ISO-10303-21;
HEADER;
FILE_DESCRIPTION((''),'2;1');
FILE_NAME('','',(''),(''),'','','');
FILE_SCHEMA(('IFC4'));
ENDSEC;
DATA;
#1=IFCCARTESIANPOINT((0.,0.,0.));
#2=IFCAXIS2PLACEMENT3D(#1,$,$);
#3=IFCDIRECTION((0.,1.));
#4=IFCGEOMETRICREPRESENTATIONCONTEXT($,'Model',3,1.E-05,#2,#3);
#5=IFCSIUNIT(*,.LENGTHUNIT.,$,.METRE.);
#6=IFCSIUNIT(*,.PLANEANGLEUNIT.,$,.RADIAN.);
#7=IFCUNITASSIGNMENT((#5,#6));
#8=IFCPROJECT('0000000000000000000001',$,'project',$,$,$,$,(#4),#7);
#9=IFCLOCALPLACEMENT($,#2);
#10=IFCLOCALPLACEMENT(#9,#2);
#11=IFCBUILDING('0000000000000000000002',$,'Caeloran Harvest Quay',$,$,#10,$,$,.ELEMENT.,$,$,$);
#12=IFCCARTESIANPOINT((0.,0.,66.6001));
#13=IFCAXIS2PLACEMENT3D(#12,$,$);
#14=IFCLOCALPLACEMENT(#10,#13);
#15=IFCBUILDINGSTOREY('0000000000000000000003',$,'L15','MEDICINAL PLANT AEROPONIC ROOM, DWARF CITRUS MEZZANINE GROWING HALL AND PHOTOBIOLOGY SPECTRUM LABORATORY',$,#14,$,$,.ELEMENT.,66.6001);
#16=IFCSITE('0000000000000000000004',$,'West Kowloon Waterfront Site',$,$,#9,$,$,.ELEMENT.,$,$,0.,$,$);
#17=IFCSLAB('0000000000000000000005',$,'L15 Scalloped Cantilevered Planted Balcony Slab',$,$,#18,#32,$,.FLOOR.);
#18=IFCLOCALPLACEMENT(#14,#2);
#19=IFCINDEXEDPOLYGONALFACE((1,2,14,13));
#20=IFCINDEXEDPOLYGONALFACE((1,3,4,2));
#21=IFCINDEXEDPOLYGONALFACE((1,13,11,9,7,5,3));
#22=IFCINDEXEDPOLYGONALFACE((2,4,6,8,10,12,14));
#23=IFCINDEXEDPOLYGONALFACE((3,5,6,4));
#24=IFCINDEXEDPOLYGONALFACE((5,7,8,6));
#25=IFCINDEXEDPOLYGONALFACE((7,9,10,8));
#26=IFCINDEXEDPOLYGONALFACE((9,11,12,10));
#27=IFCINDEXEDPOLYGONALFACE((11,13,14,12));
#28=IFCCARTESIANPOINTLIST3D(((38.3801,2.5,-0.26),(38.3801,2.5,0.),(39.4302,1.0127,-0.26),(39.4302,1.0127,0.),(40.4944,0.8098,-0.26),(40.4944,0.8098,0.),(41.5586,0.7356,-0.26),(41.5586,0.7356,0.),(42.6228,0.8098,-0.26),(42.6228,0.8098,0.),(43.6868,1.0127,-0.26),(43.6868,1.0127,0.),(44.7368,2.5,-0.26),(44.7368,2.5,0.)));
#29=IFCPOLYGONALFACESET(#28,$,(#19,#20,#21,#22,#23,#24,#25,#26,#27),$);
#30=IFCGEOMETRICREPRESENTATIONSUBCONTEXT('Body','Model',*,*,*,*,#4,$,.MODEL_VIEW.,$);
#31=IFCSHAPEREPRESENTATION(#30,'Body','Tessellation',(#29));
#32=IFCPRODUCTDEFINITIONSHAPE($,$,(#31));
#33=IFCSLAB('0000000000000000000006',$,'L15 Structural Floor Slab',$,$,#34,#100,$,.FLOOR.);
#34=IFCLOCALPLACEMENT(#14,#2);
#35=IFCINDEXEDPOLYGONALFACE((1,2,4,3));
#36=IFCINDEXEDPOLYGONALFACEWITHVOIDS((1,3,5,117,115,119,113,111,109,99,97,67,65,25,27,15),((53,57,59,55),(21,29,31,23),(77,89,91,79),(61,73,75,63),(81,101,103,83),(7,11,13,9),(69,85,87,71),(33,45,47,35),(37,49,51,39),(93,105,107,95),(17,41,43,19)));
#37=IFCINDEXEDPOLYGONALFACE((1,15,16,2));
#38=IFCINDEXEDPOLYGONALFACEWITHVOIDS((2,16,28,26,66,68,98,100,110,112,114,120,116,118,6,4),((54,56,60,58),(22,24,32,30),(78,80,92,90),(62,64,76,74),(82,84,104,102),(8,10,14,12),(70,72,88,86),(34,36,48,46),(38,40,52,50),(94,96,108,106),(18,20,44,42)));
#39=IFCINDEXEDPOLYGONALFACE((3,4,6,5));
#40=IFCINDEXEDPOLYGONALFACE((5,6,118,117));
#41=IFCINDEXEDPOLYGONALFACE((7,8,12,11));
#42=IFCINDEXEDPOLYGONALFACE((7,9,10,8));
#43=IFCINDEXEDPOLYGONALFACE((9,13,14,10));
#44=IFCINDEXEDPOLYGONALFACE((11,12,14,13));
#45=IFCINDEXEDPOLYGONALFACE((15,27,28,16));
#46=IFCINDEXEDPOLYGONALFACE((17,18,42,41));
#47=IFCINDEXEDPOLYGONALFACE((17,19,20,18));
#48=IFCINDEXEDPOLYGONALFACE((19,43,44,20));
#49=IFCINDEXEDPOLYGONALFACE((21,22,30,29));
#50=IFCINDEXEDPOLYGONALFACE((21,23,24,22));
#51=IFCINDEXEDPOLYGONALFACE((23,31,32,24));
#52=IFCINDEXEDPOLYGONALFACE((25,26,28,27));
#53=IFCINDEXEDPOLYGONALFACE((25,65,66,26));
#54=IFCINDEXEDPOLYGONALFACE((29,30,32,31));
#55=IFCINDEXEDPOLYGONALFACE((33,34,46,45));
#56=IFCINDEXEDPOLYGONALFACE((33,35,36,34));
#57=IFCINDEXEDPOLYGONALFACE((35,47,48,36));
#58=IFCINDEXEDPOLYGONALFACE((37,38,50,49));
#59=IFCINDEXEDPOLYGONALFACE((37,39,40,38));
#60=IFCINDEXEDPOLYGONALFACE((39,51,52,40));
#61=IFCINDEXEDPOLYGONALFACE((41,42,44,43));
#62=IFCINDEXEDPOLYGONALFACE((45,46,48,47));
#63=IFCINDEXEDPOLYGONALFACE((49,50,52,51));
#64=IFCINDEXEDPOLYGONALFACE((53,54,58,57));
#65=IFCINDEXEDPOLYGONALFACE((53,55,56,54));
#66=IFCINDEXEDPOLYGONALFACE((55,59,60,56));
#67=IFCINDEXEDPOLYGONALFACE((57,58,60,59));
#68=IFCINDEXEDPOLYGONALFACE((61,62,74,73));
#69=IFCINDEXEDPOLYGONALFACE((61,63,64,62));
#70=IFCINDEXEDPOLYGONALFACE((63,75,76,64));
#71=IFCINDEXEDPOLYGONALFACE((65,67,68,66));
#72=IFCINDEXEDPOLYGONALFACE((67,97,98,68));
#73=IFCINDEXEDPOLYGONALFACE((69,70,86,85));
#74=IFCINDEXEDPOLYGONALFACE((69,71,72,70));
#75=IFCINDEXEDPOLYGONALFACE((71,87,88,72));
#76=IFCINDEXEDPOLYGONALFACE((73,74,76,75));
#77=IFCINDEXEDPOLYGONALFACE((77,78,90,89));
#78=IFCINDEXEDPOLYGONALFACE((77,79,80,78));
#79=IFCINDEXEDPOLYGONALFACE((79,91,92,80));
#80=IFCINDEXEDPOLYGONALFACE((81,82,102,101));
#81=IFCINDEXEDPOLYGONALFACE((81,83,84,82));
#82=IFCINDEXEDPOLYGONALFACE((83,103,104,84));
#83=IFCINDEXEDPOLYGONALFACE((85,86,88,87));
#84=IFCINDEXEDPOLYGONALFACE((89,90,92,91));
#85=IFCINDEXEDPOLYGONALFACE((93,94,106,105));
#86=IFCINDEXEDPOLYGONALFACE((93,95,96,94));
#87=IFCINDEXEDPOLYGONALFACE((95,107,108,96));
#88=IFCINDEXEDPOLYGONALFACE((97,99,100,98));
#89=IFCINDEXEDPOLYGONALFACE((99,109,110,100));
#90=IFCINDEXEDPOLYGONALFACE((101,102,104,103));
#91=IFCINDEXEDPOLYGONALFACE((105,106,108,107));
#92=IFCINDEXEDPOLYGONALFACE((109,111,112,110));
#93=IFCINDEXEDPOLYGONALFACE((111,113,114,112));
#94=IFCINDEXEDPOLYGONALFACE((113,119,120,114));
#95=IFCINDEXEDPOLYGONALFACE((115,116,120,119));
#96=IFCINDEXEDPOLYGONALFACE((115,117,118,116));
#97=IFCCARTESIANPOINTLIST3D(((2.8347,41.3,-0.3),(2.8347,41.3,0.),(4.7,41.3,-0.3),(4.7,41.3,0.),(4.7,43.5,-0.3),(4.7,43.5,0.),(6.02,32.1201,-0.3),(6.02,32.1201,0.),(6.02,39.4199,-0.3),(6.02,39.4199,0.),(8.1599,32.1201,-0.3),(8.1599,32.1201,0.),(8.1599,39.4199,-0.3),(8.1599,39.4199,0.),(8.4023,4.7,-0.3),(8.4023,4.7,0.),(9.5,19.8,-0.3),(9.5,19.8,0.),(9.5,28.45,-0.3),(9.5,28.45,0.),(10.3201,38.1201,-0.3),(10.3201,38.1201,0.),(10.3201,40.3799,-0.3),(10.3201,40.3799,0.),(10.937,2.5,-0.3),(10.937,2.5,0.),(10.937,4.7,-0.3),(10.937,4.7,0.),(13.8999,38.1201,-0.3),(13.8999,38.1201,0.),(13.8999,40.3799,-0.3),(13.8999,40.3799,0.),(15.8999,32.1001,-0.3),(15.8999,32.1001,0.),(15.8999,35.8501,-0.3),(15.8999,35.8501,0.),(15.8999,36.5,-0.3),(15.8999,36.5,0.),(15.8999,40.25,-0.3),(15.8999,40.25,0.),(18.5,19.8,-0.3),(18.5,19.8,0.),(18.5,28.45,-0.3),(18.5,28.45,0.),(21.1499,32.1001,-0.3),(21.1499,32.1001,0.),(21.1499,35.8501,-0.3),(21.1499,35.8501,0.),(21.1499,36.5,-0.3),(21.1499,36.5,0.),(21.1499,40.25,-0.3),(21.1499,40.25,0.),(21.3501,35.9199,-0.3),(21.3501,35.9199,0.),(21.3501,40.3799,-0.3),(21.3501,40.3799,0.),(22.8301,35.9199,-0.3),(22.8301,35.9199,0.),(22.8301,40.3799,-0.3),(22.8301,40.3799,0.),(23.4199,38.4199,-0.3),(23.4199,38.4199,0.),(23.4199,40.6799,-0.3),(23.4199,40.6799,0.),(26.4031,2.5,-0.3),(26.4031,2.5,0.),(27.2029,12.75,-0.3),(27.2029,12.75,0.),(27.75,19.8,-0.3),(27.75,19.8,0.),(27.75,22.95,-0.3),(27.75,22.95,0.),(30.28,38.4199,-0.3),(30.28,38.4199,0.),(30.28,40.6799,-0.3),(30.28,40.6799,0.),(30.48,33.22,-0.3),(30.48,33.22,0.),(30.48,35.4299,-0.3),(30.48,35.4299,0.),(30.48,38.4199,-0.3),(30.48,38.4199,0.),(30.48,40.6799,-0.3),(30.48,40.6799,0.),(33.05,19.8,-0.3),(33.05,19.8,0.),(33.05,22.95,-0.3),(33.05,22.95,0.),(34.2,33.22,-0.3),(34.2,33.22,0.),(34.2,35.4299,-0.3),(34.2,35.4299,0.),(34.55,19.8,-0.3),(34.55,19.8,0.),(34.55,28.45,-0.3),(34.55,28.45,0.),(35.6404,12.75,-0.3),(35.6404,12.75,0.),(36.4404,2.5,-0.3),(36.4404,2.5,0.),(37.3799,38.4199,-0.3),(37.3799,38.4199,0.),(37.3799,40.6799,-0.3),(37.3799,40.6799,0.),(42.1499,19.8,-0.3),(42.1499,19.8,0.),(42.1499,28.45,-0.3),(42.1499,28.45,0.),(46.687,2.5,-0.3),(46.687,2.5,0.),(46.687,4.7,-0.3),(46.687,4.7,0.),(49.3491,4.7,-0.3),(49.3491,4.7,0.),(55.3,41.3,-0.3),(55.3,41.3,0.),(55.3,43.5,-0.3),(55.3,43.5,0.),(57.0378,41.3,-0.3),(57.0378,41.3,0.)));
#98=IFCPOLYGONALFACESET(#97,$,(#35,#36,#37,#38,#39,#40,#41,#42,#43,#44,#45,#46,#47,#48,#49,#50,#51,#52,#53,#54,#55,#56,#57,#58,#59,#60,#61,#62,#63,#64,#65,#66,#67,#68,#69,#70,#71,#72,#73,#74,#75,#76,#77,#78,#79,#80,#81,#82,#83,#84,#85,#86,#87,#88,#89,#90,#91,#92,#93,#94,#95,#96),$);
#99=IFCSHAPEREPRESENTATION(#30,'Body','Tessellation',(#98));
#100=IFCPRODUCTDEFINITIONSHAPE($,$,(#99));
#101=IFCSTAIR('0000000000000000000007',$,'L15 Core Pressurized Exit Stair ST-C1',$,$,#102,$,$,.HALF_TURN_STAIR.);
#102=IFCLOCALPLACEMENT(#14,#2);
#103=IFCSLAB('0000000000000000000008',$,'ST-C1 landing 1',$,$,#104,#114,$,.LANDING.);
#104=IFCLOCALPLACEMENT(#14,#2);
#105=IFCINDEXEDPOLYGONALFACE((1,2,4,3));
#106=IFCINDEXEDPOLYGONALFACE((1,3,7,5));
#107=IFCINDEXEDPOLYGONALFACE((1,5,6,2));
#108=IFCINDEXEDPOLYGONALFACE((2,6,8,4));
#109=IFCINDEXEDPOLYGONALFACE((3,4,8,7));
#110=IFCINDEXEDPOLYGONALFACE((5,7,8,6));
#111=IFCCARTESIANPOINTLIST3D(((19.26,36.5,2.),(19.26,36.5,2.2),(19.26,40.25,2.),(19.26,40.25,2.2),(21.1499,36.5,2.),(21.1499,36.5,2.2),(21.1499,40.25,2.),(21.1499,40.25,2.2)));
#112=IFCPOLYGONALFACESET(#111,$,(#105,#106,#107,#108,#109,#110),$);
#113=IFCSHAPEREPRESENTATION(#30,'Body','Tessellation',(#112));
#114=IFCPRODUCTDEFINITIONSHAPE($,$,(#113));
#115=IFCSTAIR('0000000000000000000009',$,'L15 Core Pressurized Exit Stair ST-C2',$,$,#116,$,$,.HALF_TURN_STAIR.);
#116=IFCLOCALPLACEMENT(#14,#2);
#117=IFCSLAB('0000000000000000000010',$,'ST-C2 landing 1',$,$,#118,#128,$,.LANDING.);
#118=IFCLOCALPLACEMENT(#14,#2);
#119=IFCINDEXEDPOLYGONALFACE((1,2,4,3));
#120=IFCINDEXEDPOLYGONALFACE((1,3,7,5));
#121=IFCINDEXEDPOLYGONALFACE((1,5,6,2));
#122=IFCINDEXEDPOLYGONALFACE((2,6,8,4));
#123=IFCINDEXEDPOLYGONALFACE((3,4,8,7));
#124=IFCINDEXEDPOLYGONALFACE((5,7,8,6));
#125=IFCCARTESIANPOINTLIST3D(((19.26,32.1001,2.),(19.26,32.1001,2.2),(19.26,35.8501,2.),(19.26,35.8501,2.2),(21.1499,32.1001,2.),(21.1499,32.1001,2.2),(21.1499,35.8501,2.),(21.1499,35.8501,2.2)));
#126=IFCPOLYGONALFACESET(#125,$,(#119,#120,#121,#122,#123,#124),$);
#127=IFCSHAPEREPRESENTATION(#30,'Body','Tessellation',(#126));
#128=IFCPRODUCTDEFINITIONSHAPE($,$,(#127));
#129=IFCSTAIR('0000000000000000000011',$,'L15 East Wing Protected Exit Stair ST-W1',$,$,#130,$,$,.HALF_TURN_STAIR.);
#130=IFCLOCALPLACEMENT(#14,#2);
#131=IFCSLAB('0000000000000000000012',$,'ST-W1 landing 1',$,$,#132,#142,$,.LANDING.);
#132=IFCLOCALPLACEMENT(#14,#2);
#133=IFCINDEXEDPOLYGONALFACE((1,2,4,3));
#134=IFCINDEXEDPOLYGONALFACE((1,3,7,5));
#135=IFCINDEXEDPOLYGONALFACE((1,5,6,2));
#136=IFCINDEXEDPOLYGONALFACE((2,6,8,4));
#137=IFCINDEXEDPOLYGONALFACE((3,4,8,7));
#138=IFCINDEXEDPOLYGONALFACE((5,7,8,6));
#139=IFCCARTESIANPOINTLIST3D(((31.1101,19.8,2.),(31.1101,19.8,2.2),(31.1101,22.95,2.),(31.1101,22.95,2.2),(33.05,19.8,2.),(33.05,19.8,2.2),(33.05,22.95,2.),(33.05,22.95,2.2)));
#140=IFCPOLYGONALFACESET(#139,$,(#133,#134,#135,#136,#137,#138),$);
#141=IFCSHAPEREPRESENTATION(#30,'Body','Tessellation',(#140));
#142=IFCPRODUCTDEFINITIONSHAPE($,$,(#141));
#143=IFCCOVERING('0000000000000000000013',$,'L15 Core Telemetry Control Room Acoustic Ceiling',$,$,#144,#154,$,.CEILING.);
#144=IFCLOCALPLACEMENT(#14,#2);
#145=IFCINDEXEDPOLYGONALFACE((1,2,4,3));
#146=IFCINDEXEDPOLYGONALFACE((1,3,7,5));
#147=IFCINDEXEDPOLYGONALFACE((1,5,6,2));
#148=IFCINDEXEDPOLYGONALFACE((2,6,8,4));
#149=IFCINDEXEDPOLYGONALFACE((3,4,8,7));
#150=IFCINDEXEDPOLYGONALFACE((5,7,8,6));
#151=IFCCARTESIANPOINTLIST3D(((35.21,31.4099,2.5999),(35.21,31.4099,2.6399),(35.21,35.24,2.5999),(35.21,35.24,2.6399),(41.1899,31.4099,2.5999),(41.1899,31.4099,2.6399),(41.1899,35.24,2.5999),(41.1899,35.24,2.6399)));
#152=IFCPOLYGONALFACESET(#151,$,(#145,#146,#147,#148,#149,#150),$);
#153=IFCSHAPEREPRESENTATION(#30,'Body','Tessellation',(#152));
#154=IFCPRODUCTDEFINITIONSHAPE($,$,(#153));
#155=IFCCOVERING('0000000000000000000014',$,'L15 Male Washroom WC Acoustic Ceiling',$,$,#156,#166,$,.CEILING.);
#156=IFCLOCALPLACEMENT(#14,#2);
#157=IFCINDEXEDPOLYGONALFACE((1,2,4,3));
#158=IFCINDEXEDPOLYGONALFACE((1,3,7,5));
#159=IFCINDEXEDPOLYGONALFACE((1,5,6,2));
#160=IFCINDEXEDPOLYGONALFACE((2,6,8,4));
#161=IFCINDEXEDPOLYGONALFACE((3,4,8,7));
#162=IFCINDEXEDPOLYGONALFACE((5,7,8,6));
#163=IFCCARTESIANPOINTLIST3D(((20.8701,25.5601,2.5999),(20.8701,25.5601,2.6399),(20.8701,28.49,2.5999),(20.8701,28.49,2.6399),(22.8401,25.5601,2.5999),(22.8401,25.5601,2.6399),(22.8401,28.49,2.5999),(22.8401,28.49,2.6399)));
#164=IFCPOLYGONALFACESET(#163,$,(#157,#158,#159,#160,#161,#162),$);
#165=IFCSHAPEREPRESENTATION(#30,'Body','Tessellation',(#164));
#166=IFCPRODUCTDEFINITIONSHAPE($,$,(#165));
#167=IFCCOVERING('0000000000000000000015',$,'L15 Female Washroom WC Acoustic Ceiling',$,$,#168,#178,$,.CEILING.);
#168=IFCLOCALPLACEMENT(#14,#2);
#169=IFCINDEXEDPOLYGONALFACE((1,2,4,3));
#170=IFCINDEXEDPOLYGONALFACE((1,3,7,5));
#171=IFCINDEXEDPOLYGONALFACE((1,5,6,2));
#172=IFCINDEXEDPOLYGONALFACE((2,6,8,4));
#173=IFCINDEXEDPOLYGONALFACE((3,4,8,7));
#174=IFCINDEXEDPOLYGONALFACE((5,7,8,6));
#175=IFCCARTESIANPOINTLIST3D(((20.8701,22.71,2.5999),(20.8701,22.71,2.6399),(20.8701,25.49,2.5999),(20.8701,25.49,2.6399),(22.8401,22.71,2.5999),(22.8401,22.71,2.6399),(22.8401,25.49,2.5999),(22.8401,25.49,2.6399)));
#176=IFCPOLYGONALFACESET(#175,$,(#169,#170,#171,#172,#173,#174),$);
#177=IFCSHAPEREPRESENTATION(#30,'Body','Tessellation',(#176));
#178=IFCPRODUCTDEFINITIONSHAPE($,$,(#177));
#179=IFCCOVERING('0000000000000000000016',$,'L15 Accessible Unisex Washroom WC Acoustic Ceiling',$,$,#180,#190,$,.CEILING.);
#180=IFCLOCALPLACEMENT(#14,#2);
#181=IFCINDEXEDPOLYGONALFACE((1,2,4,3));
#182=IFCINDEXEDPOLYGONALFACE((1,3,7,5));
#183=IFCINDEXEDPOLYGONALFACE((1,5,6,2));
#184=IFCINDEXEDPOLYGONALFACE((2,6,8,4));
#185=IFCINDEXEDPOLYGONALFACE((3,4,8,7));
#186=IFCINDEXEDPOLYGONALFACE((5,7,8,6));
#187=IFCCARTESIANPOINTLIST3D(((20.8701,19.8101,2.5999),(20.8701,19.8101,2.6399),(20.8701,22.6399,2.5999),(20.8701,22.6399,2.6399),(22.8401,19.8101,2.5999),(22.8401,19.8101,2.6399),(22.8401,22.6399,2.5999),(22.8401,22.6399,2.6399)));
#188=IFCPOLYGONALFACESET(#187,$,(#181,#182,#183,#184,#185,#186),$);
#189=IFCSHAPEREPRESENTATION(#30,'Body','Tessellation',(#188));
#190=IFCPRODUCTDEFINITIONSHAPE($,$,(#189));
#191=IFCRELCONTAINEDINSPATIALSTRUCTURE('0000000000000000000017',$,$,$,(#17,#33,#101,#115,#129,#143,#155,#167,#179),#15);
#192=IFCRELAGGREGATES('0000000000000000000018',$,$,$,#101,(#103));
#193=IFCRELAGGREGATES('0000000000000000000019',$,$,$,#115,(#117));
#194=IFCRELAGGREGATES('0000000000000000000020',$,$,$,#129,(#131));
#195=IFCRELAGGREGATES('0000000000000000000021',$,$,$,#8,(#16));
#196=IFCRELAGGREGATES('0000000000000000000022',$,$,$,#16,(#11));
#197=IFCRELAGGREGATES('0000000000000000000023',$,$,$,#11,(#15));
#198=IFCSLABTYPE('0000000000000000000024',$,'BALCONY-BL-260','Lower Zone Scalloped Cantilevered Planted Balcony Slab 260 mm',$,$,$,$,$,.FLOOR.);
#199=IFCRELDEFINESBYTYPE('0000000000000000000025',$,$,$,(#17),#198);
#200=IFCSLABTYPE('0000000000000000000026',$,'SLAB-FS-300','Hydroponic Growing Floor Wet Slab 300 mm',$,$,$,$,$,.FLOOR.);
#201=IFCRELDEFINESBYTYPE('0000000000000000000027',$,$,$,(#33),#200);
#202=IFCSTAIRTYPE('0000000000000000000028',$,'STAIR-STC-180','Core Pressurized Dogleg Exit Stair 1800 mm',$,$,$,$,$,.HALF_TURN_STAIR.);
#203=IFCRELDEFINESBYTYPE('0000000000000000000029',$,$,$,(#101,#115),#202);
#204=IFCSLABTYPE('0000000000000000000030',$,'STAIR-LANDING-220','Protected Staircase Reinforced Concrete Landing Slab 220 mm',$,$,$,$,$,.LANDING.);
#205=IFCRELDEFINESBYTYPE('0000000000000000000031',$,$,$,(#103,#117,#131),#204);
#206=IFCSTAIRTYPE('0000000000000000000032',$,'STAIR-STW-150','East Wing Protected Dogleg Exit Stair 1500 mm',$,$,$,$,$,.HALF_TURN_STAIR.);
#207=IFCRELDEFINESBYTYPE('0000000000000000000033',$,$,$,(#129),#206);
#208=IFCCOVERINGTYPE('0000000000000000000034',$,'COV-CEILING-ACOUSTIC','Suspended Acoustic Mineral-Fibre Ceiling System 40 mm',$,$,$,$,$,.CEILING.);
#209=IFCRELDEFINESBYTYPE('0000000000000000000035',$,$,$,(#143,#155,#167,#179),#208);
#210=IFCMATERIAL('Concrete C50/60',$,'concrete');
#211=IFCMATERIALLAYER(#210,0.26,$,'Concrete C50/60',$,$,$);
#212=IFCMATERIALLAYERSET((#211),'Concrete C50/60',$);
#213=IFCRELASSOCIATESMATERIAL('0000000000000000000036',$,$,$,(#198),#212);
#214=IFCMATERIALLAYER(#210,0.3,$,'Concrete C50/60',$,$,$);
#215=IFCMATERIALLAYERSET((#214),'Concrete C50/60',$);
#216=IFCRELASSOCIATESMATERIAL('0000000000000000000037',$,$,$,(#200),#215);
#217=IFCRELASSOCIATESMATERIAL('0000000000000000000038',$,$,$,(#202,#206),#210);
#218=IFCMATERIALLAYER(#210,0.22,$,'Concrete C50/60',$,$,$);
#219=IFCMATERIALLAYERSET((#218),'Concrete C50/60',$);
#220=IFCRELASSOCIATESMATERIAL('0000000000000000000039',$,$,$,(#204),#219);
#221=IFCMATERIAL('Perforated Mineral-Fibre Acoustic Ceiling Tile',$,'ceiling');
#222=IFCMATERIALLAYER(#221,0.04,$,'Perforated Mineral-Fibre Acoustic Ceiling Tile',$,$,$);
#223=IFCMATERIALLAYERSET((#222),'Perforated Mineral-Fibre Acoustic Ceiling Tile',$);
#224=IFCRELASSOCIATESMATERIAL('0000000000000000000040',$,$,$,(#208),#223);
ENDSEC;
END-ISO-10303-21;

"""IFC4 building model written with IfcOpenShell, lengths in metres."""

from ifc_helpers import new_model, si_unit, direction, frame, origin, place, context, subcontext, project, spatial, polyline, outline, extrude, material, layer, layer_set, type_object, element, aggregate, save


model = new_model("IFC4")

# Units and contexts
model_context = context("Model", 3, precision=1e-05, world=origin(), true_north=direction((0.0, 1.0)))
body_context = subcontext(model_context, "Body", "Model", "MODEL_VIEW")
ifc_project = project(units=[si_unit("LENGTHUNIT", "METRE"), si_unit("PLANEANGLEUNIT", "RADIAN")], contexts=[model_context])

# Site, building, storey
site_placement = place(None, origin())
site = spatial("IfcSite", under=ifc_project, at=site_placement, Name="West Kowloon Waterfront Site", CompositionType="ELEMENT", RefElevation=0.0)
building_placement = place(site_placement, origin())
building = spatial("IfcBuilding", under=site, at=building_placement, Name="Caeloran Harvest Quay", CompositionType="ELEMENT")
storey_placement = place(building_placement, frame((0.0, 0.0, 66.6001)))
storey = spatial("IfcBuildingStorey", under=building, at=storey_placement, Name="L15", Description="MEDICINAL PLANT AEROPONIC ROOM, DWARF CITRUS MEZZANINE GROWING HALL AND PHOTOBIOLOGY SPECTRUM LABORATORY", CompositionType="ELEMENT", Elevation=66.6001)

# Slabs
ifc_material_1 = material(Name="Concrete C50/60", Category="concrete")
ifc_layer_1 = layer(ifc_material_1, 0.26, Name="Concrete C50/60")
ifc_layer_set_1 = layer_set([ifc_layer_1], Name="Concrete C50/60")
slab_type_1 = type_object("IfcSlabType", Name="BALCONY-BL-260", Description="Lower Zone Scalloped Cantilevered Planted Balcony Slab 260 mm", PredefinedType="FLOOR", material=ifc_layer_set_1)
slab_1_placement = place(storey_placement, frame((0.0, 0.0, -0.26)))
element("IfcSlab", 1, at=slab_1_placement, inside=storey, type_object=slab_type_1, Name="L15 Scalloped Cantilevered Planted Balcony Slab", PredefinedType="FLOOR", context=body_context, shape_type="SweptSolid", body=[
    extrude(outline(polyline([(43.6868, 1.0127), (42.6228, 0.8098), (41.5586, 0.7356), (40.4944, 0.8098), (39.4302, 1.0127), (38.3801, 2.5), (44.7368, 2.5), (43.6868, 1.0127)])), origin(), (0.0, 0.0, 1.0), 0.26),
])
ifc_layer_2 = layer(ifc_material_1, 0.3, Name="Concrete C50/60")
ifc_layer_set_2 = layer_set([ifc_layer_2], Name="Concrete C50/60")
slab_type_2 = type_object("IfcSlabType", Name="SLAB-FS-300", Description="Hydroponic Growing Floor Wet Slab 300 mm", PredefinedType="FLOOR", material=ifc_layer_set_2)
slab_2_placement = place(storey_placement, frame((0.0, 0.0, -0.3)))
element("IfcSlab", 2, at=slab_2_placement, inside=storey, type_object=slab_type_2, Name="L15 Structural Floor Slab", PredefinedType="FLOOR", context=body_context, shape_type="SweptSolid", body=[
    extrude(outline(polyline([(10.937, 2.5), (26.4031, 2.5), (27.2029, 12.75), (35.6404, 12.75), (36.4404, 2.5), (46.687, 2.5), (46.687, 4.7), (49.3491, 4.7), (57.0378, 41.3), (55.3, 41.3), (55.3, 43.5), (4.7, 43.5), (4.7, 41.3), (2.8347, 41.3), (8.4023, 4.7), (10.937, 4.7), (10.937, 2.5)]), holes=[polyline([(18.5, 19.8), (9.5, 19.8), (9.5, 28.45), (18.5, 28.45), (18.5, 19.8)]), polyline([(15.8999, 32.1001), (15.8999, 35.8501), (21.1499, 35.8501), (21.1499, 32.1001), (15.8999, 32.1001)]), polyline([(8.1599, 32.1201), (6.02, 32.1201), (6.02, 39.4199), (8.1599, 39.4199), (8.1599, 32.1201)]), polyline([(21.3501, 35.9199), (21.3501, 40.3799), (22.8301, 40.3799), (22.8301, 35.9199), (21.3501, 35.9199)]), polyline([(15.8999, 40.25), (21.1499, 40.25), (21.1499, 36.5), (15.8999, 36.5), (15.8999, 40.25)]), polyline([(13.8999, 38.1201), (10.3201, 38.1201), (10.3201, 40.3799), (13.8999, 40.3799), (13.8999, 38.1201)]), polyline([(27.75, 22.95), (33.05, 22.95), (33.05, 19.8), (27.75, 19.8), (27.75, 22.95)]), polyline([(34.55, 19.8), (34.55, 28.45), (42.1499, 28.45), (42.1499, 19.8), (34.55, 19.8)]), polyline([(34.2, 33.22), (30.48, 33.22), (30.48, 35.4299), (34.2, 35.4299), (34.2, 33.22)]), polyline([(23.4199, 38.4199), (23.4199, 40.6799), (30.28, 40.6799), (30.28, 38.4199), (23.4199, 38.4199)]), polyline([(30.48, 38.4199), (30.48, 40.6799), (37.3799, 40.6799), (37.3799, 38.4199), (30.48, 38.4199)])]), origin(), (0.0, 0.0, 1.0), 0.3),
])

# Stairs, slabs
stair_type_1 = type_object("IfcStairType", Name="STAIR-STC-180", Description="Core Pressurized Dogleg Exit Stair 1800 mm", PredefinedType="HALF_TURN_STAIR", material=ifc_material_1)
stair_1_placement = place(storey_placement, origin())
stair_1 = element("IfcStair", 3, at=stair_1_placement, inside=storey, type_object=stair_type_1, Name="L15 Core Pressurized Exit Stair ST-C1", PredefinedType="HALF_TURN_STAIR")
ifc_layer_3 = layer(ifc_material_1, 0.22, Name="Concrete C50/60")
ifc_layer_set_3 = layer_set([ifc_layer_3], Name="Concrete C50/60")
slab_type_3 = type_object("IfcSlabType", Name="STAIR-LANDING-220", Description="Protected Staircase Reinforced Concrete Landing Slab 220 mm", PredefinedType="LANDING", material=ifc_layer_set_3)
slab_3_placement = place(storey_placement, frame((0.0, 0.0, 2.0)))
slab_3 = element("IfcSlab", 4, at=slab_3_placement, type_object=slab_type_3, Name="ST-C1 landing 1", PredefinedType="LANDING", context=body_context, shape_type="SweptSolid", body=[
    extrude(outline(polyline([(19.26, 36.5), (21.1499, 36.5), (21.1499, 40.25), (19.26, 40.25), (19.26, 36.5)])), origin(), (0.0, 0.0, 1.0), 0.2),
])
aggregate(stair_1, [slab_3])
stair_2_placement = place(storey_placement, origin())
stair_2 = element("IfcStair", 5, at=stair_2_placement, inside=storey, type_object=stair_type_1, Name="L15 Core Pressurized Exit Stair ST-C2", PredefinedType="HALF_TURN_STAIR")
slab_4_placement = place(storey_placement, frame((0.0, 0.0, 2.0)))
slab_4 = element("IfcSlab", 6, at=slab_4_placement, type_object=slab_type_3, Name="ST-C2 landing 1", PredefinedType="LANDING", context=body_context, shape_type="SweptSolid", body=[
    extrude(outline(polyline([(19.26, 32.1001), (21.1499, 32.1001), (21.1499, 35.8501), (19.26, 35.8501), (19.26, 32.1001)])), origin(), (0.0, 0.0, 1.0), 0.2),
])
aggregate(stair_2, [slab_4])
stair_type_2 = type_object("IfcStairType", Name="STAIR-STW-150", Description="East Wing Protected Dogleg Exit Stair 1500 mm", PredefinedType="HALF_TURN_STAIR", material=ifc_material_1)
stair_3_placement = place(storey_placement, origin())
stair_3 = element("IfcStair", 7, at=stair_3_placement, inside=storey, type_object=stair_type_2, Name="L15 East Wing Protected Exit Stair ST-W1", PredefinedType="HALF_TURN_STAIR")
slab_5_placement = place(storey_placement, frame((0.0, 0.0, 2.0)))
slab_5 = element("IfcSlab", 8, at=slab_5_placement, type_object=slab_type_3, Name="ST-W1 landing 1", PredefinedType="LANDING", context=body_context, shape_type="SweptSolid", body=[
    extrude(outline(polyline([(31.1101, 19.8), (33.05, 19.8), (33.05, 22.95), (31.1101, 22.95), (31.1101, 19.8)])), origin(), (0.0, 0.0, 1.0), 0.2),
])
aggregate(stair_3, [slab_5])

# Coverings
ifc_material_2 = material(Name="Perforated Mineral-Fibre Acoustic Ceiling Tile", Category="ceiling")
ifc_layer_4 = layer(ifc_material_2, 0.04, Name="Perforated Mineral-Fibre Acoustic Ceiling Tile")
ifc_layer_set_4 = layer_set([ifc_layer_4], Name="Perforated Mineral-Fibre Acoustic Ceiling Tile")
covering_type_1 = type_object("IfcCoveringType", Name="COV-CEILING-ACOUSTIC", Description="Suspended Acoustic Mineral-Fibre Ceiling System 40 mm", PredefinedType="CEILING", material=ifc_layer_set_4)
covering_1_placement = place(storey_placement, frame((0.0, 0.0, 2.5999)))
element("IfcCovering", 9, at=covering_1_placement, inside=storey, type_object=covering_type_1, Name="L15 Core Telemetry Control Room Acoustic Ceiling", PredefinedType="CEILING", context=body_context, shape_type="SweptSolid", body=[
    extrude(outline(polyline([(41.1899, 35.24), (41.1899, 31.4099), (35.21, 31.4099), (35.21, 35.24), (41.1899, 35.24)])), origin(), (0.0, 0.0, 1.0), 0.04),
])
covering_2_placement = place(storey_placement, frame((0.0, 0.0, 2.5999)))
element("IfcCovering", 10, at=covering_2_placement, inside=storey, type_object=covering_type_1, Name="L15 Male Washroom WC Acoustic Ceiling", PredefinedType="CEILING", context=body_context, shape_type="SweptSolid", body=[
    extrude(outline(polyline([(22.8401, 25.5601), (20.8701, 25.5601), (20.8701, 28.49), (22.8401, 28.49), (22.8401, 25.5601)])), origin(), (0.0, 0.0, 1.0), 0.04),
])
covering_3_placement = place(storey_placement, frame((0.0, 0.0, 2.5999)))
element("IfcCovering", 11, at=covering_3_placement, inside=storey, type_object=covering_type_1, Name="L15 Female Washroom WC Acoustic Ceiling", PredefinedType="CEILING", context=body_context, shape_type="SweptSolid", body=[
    extrude(outline(polyline([(22.8401, 22.71), (20.8701, 22.71), (20.8701, 25.49), (22.8401, 25.49), (22.8401, 22.71)])), origin(), (0.0, 0.0, 1.0), 0.04),
])
covering_4_placement = place(storey_placement, frame((0.0, 0.0, 2.5999)))
element("IfcCovering", 12, at=covering_4_placement, inside=storey, type_object=covering_type_1, Name="L15 Accessible Unisex Washroom WC Acoustic Ceiling", PredefinedType="CEILING", context=body_context, shape_type="SweptSolid", body=[
    extrude(outline(polyline([(22.8401, 19.8101), (20.8701, 19.8101), (20.8701, 22.6399), (22.8401, 22.6399), (22.8401, 19.8101)])), origin(), (0.0, 0.0, 1.0), 0.04),
])

save(model, "model.ifc")
